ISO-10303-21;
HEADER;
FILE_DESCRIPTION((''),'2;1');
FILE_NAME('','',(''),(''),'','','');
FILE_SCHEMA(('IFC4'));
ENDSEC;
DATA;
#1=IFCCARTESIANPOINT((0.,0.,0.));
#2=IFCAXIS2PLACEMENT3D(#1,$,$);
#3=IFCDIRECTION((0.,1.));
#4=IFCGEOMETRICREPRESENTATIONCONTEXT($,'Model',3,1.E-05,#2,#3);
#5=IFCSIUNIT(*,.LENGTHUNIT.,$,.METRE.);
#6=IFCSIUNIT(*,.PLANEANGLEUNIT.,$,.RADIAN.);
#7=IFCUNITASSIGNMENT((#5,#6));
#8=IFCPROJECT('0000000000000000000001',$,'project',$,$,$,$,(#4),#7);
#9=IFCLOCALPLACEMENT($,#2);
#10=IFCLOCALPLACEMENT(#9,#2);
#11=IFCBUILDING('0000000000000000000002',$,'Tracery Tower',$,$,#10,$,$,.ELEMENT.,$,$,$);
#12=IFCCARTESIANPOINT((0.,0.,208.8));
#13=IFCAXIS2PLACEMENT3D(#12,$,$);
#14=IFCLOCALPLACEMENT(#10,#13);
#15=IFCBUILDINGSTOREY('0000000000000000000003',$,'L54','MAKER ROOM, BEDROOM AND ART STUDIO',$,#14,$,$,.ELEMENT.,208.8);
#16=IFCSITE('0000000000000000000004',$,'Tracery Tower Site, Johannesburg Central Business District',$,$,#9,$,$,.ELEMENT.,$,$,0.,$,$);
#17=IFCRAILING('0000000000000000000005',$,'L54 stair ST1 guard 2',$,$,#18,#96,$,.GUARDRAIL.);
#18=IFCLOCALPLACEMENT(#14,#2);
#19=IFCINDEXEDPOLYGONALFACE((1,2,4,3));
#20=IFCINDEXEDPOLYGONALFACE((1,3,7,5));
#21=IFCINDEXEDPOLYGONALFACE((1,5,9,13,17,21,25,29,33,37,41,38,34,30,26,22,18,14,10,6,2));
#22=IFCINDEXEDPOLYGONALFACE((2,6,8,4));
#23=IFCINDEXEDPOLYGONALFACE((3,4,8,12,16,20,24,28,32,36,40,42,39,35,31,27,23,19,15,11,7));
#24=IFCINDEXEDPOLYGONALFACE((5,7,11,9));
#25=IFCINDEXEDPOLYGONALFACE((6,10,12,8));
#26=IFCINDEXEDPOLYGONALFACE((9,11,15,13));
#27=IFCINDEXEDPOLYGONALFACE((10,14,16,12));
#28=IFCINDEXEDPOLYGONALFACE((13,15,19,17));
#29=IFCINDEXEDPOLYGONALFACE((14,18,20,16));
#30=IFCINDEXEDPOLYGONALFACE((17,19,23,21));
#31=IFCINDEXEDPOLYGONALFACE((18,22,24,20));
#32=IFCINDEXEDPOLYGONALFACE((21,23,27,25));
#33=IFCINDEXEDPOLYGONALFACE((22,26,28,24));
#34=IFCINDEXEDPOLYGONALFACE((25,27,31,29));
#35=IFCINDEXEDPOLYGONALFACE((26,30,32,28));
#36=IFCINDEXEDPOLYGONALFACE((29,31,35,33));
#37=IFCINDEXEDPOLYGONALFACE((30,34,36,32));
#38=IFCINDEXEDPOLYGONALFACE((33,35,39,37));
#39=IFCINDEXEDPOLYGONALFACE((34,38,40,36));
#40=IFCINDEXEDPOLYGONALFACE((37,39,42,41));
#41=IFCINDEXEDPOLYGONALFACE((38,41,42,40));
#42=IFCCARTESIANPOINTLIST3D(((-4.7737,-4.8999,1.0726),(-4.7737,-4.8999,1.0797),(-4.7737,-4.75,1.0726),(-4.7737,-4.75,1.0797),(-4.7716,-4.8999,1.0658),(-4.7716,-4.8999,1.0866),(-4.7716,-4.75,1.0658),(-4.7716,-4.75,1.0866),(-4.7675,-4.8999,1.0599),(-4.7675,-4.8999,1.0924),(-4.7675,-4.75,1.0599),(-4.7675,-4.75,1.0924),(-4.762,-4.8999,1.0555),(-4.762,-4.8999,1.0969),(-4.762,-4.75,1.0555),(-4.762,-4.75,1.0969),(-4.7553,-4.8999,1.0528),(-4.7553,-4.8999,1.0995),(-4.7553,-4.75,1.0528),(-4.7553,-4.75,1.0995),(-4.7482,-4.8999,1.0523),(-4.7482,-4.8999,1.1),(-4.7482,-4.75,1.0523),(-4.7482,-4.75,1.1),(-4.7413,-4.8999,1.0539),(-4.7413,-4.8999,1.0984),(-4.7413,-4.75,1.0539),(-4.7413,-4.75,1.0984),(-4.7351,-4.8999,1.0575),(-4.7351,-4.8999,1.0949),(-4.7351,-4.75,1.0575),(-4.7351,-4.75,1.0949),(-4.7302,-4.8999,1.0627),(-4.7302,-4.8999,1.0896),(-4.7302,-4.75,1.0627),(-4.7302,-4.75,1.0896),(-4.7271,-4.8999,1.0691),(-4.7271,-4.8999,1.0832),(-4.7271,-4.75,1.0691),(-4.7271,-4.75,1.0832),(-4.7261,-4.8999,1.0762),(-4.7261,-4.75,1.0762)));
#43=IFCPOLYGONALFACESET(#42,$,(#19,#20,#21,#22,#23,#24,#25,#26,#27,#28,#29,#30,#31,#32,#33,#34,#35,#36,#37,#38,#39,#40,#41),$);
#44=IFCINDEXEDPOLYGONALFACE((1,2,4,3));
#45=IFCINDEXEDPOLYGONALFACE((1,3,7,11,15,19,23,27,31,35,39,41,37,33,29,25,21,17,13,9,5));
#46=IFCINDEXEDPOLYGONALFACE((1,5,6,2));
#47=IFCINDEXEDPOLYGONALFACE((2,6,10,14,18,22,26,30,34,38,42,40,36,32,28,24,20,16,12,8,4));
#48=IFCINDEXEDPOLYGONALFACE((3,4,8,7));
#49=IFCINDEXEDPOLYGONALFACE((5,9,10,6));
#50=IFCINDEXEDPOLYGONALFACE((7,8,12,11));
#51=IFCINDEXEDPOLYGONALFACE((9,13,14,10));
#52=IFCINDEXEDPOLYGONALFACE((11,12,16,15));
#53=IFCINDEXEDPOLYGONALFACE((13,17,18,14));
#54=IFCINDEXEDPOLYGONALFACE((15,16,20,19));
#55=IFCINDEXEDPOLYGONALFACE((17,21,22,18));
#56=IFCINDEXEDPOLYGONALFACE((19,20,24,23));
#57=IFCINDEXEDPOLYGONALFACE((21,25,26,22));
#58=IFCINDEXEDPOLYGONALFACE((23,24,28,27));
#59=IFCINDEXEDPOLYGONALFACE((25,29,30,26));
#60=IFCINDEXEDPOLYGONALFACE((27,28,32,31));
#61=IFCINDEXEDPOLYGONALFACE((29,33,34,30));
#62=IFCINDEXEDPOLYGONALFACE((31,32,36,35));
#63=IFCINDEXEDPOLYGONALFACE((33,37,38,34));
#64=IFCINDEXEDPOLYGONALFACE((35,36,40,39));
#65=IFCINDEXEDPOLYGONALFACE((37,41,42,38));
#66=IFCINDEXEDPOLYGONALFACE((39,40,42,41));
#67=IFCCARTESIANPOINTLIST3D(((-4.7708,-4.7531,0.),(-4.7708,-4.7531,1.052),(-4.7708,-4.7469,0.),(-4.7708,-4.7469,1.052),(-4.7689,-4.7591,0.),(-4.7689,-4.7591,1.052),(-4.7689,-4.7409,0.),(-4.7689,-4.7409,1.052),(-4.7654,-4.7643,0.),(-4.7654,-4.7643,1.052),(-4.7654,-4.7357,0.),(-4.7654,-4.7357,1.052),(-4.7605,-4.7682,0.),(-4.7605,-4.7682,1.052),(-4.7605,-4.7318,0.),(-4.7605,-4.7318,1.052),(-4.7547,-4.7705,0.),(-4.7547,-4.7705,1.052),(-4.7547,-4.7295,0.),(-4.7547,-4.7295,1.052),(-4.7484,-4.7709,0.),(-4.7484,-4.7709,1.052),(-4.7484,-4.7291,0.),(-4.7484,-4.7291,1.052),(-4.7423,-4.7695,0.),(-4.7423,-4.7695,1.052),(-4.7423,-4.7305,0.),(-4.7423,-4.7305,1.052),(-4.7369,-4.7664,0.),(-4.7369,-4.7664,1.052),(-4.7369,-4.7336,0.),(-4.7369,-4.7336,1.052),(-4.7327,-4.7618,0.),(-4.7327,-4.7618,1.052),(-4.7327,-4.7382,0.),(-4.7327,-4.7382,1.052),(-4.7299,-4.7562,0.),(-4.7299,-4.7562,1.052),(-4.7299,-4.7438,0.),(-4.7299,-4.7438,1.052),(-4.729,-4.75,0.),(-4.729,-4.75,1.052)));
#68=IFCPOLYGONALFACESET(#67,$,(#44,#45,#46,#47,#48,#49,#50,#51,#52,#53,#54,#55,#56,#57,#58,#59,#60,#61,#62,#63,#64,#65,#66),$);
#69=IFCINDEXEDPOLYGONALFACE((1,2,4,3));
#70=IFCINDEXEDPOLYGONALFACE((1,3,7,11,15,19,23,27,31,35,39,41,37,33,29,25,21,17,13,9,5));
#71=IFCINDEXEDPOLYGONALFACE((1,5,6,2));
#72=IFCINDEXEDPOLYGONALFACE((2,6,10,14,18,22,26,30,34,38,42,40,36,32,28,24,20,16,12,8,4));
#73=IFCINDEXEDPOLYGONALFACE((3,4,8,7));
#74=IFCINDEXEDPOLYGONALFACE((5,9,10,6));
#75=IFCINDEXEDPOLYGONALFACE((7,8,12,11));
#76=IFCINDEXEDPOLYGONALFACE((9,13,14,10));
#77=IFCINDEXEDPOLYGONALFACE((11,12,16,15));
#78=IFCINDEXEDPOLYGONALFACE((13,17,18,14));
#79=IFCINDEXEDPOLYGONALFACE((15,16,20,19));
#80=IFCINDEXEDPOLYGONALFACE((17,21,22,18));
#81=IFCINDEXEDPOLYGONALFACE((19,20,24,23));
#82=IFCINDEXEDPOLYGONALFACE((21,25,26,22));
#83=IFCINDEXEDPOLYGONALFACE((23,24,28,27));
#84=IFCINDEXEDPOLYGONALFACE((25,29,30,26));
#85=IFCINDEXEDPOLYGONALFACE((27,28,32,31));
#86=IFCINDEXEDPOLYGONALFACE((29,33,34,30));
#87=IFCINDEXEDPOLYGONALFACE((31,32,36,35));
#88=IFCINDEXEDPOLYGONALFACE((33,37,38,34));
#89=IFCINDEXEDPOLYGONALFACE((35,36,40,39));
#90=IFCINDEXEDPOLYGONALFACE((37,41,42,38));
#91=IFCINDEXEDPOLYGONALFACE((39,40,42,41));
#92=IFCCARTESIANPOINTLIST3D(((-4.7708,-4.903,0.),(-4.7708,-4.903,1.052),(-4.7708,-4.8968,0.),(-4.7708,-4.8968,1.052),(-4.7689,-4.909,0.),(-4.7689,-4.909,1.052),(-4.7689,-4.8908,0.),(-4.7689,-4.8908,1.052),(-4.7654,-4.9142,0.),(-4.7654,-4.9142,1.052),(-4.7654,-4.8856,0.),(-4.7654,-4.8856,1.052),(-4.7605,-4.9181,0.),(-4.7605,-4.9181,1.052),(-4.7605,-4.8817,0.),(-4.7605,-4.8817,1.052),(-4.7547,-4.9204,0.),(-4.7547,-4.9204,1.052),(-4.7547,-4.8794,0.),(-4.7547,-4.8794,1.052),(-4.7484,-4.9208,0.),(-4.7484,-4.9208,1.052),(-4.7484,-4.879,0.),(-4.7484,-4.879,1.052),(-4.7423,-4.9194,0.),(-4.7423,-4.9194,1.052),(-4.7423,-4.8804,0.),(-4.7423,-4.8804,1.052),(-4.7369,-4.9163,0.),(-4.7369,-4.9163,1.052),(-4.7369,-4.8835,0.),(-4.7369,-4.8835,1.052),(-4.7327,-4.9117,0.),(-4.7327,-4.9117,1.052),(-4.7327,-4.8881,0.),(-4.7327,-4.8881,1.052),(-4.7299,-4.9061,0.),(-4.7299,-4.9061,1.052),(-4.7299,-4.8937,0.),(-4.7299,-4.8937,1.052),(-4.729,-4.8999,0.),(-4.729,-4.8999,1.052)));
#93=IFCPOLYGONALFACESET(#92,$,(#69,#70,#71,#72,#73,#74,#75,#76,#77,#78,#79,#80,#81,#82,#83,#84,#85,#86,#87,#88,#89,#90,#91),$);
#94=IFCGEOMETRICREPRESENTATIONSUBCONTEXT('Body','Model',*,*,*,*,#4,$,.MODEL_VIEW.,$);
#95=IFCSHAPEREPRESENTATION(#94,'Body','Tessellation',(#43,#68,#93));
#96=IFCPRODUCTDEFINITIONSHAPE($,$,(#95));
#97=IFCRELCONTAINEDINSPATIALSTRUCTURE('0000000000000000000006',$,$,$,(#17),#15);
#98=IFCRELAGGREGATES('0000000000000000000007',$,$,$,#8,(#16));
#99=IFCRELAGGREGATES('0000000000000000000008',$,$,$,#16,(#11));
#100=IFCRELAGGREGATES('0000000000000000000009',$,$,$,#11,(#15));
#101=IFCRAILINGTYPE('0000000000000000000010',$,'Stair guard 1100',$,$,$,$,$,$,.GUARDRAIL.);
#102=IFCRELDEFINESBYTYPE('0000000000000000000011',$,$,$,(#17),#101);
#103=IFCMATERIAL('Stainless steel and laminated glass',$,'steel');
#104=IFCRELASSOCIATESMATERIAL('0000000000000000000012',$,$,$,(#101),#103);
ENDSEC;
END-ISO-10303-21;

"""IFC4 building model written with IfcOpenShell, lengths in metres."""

from ifc_helpers import new_model, si_unit, direction, frame, origin, origin_2d, place, context, subcontext, project, spatial, circle, extrude, material, type_object, element, save


model = new_model("IFC4")

# Units and contexts
model_context = context("Model", 3, precision=1e-05, world=origin(), true_north=direction((0.0, 1.0)))
body_context = subcontext(model_context, "Body", "Model", "MODEL_VIEW")
ifc_project = project(units=[si_unit("LENGTHUNIT", "METRE"), si_unit("PLANEANGLEUNIT", "RADIAN")], contexts=[model_context])

# Site, building, storey
site_placement = place(None, origin())
site = spatial("IfcSite", under=ifc_project, at=site_placement, Name="Tracery Tower Site, Johannesburg Central Business District", CompositionType="ELEMENT", RefElevation=0.0)
building_placement = place(site_placement, origin())
building = spatial("IfcBuilding", under=site, at=building_placement, Name="Tracery Tower", CompositionType="ELEMENT")
storey_placement = place(building_placement, frame((0.0, 0.0, 208.8)))
storey = spatial("IfcBuildingStorey", under=building, at=storey_placement, Name="L54", Description="MAKER ROOM, BEDROOM AND ART STUDIO", CompositionType="ELEMENT", Elevation=208.8)

# Railing
ifc_material_1 = material(Name="Stainless steel and laminated glass", Category="steel")
railing_type_1 = type_object("IfcRailingType", Name="Stair guard 1100", PredefinedType="GUARDRAIL", material=ifc_material_1)
railing_1_placement = place(storey_placement, frame((-4.75, -4.75, 0.0)))
element("IfcRailing", 1, at=railing_1_placement, inside=storey, type_object=railing_type_1, Name="L54 stair ST1 guard 2", PredefinedType="GUARDRAIL", context=body_context, shape_type="SweptSolid", body=[
    extrude(circle(Radius=0.0239, at=origin_2d()), frame((0.0, 0.0, 1.0762), z_axis=(0.0, -1.0, 0.0), x_axis=(1.0, 0.0, 0.0)), (0.0, 0.0, 1.0), 0.1499),
    extrude(circle(Radius=0.021, at=origin_2d()), origin(), (0.0, 0.0, 1.0), 1.052),
    extrude(circle(Radius=0.021, at=origin_2d()), frame((0.0, -0.1499, 0.0)), (0.0, 0.0, 1.0), 1.052),
])

save(model, "model.ifc")
